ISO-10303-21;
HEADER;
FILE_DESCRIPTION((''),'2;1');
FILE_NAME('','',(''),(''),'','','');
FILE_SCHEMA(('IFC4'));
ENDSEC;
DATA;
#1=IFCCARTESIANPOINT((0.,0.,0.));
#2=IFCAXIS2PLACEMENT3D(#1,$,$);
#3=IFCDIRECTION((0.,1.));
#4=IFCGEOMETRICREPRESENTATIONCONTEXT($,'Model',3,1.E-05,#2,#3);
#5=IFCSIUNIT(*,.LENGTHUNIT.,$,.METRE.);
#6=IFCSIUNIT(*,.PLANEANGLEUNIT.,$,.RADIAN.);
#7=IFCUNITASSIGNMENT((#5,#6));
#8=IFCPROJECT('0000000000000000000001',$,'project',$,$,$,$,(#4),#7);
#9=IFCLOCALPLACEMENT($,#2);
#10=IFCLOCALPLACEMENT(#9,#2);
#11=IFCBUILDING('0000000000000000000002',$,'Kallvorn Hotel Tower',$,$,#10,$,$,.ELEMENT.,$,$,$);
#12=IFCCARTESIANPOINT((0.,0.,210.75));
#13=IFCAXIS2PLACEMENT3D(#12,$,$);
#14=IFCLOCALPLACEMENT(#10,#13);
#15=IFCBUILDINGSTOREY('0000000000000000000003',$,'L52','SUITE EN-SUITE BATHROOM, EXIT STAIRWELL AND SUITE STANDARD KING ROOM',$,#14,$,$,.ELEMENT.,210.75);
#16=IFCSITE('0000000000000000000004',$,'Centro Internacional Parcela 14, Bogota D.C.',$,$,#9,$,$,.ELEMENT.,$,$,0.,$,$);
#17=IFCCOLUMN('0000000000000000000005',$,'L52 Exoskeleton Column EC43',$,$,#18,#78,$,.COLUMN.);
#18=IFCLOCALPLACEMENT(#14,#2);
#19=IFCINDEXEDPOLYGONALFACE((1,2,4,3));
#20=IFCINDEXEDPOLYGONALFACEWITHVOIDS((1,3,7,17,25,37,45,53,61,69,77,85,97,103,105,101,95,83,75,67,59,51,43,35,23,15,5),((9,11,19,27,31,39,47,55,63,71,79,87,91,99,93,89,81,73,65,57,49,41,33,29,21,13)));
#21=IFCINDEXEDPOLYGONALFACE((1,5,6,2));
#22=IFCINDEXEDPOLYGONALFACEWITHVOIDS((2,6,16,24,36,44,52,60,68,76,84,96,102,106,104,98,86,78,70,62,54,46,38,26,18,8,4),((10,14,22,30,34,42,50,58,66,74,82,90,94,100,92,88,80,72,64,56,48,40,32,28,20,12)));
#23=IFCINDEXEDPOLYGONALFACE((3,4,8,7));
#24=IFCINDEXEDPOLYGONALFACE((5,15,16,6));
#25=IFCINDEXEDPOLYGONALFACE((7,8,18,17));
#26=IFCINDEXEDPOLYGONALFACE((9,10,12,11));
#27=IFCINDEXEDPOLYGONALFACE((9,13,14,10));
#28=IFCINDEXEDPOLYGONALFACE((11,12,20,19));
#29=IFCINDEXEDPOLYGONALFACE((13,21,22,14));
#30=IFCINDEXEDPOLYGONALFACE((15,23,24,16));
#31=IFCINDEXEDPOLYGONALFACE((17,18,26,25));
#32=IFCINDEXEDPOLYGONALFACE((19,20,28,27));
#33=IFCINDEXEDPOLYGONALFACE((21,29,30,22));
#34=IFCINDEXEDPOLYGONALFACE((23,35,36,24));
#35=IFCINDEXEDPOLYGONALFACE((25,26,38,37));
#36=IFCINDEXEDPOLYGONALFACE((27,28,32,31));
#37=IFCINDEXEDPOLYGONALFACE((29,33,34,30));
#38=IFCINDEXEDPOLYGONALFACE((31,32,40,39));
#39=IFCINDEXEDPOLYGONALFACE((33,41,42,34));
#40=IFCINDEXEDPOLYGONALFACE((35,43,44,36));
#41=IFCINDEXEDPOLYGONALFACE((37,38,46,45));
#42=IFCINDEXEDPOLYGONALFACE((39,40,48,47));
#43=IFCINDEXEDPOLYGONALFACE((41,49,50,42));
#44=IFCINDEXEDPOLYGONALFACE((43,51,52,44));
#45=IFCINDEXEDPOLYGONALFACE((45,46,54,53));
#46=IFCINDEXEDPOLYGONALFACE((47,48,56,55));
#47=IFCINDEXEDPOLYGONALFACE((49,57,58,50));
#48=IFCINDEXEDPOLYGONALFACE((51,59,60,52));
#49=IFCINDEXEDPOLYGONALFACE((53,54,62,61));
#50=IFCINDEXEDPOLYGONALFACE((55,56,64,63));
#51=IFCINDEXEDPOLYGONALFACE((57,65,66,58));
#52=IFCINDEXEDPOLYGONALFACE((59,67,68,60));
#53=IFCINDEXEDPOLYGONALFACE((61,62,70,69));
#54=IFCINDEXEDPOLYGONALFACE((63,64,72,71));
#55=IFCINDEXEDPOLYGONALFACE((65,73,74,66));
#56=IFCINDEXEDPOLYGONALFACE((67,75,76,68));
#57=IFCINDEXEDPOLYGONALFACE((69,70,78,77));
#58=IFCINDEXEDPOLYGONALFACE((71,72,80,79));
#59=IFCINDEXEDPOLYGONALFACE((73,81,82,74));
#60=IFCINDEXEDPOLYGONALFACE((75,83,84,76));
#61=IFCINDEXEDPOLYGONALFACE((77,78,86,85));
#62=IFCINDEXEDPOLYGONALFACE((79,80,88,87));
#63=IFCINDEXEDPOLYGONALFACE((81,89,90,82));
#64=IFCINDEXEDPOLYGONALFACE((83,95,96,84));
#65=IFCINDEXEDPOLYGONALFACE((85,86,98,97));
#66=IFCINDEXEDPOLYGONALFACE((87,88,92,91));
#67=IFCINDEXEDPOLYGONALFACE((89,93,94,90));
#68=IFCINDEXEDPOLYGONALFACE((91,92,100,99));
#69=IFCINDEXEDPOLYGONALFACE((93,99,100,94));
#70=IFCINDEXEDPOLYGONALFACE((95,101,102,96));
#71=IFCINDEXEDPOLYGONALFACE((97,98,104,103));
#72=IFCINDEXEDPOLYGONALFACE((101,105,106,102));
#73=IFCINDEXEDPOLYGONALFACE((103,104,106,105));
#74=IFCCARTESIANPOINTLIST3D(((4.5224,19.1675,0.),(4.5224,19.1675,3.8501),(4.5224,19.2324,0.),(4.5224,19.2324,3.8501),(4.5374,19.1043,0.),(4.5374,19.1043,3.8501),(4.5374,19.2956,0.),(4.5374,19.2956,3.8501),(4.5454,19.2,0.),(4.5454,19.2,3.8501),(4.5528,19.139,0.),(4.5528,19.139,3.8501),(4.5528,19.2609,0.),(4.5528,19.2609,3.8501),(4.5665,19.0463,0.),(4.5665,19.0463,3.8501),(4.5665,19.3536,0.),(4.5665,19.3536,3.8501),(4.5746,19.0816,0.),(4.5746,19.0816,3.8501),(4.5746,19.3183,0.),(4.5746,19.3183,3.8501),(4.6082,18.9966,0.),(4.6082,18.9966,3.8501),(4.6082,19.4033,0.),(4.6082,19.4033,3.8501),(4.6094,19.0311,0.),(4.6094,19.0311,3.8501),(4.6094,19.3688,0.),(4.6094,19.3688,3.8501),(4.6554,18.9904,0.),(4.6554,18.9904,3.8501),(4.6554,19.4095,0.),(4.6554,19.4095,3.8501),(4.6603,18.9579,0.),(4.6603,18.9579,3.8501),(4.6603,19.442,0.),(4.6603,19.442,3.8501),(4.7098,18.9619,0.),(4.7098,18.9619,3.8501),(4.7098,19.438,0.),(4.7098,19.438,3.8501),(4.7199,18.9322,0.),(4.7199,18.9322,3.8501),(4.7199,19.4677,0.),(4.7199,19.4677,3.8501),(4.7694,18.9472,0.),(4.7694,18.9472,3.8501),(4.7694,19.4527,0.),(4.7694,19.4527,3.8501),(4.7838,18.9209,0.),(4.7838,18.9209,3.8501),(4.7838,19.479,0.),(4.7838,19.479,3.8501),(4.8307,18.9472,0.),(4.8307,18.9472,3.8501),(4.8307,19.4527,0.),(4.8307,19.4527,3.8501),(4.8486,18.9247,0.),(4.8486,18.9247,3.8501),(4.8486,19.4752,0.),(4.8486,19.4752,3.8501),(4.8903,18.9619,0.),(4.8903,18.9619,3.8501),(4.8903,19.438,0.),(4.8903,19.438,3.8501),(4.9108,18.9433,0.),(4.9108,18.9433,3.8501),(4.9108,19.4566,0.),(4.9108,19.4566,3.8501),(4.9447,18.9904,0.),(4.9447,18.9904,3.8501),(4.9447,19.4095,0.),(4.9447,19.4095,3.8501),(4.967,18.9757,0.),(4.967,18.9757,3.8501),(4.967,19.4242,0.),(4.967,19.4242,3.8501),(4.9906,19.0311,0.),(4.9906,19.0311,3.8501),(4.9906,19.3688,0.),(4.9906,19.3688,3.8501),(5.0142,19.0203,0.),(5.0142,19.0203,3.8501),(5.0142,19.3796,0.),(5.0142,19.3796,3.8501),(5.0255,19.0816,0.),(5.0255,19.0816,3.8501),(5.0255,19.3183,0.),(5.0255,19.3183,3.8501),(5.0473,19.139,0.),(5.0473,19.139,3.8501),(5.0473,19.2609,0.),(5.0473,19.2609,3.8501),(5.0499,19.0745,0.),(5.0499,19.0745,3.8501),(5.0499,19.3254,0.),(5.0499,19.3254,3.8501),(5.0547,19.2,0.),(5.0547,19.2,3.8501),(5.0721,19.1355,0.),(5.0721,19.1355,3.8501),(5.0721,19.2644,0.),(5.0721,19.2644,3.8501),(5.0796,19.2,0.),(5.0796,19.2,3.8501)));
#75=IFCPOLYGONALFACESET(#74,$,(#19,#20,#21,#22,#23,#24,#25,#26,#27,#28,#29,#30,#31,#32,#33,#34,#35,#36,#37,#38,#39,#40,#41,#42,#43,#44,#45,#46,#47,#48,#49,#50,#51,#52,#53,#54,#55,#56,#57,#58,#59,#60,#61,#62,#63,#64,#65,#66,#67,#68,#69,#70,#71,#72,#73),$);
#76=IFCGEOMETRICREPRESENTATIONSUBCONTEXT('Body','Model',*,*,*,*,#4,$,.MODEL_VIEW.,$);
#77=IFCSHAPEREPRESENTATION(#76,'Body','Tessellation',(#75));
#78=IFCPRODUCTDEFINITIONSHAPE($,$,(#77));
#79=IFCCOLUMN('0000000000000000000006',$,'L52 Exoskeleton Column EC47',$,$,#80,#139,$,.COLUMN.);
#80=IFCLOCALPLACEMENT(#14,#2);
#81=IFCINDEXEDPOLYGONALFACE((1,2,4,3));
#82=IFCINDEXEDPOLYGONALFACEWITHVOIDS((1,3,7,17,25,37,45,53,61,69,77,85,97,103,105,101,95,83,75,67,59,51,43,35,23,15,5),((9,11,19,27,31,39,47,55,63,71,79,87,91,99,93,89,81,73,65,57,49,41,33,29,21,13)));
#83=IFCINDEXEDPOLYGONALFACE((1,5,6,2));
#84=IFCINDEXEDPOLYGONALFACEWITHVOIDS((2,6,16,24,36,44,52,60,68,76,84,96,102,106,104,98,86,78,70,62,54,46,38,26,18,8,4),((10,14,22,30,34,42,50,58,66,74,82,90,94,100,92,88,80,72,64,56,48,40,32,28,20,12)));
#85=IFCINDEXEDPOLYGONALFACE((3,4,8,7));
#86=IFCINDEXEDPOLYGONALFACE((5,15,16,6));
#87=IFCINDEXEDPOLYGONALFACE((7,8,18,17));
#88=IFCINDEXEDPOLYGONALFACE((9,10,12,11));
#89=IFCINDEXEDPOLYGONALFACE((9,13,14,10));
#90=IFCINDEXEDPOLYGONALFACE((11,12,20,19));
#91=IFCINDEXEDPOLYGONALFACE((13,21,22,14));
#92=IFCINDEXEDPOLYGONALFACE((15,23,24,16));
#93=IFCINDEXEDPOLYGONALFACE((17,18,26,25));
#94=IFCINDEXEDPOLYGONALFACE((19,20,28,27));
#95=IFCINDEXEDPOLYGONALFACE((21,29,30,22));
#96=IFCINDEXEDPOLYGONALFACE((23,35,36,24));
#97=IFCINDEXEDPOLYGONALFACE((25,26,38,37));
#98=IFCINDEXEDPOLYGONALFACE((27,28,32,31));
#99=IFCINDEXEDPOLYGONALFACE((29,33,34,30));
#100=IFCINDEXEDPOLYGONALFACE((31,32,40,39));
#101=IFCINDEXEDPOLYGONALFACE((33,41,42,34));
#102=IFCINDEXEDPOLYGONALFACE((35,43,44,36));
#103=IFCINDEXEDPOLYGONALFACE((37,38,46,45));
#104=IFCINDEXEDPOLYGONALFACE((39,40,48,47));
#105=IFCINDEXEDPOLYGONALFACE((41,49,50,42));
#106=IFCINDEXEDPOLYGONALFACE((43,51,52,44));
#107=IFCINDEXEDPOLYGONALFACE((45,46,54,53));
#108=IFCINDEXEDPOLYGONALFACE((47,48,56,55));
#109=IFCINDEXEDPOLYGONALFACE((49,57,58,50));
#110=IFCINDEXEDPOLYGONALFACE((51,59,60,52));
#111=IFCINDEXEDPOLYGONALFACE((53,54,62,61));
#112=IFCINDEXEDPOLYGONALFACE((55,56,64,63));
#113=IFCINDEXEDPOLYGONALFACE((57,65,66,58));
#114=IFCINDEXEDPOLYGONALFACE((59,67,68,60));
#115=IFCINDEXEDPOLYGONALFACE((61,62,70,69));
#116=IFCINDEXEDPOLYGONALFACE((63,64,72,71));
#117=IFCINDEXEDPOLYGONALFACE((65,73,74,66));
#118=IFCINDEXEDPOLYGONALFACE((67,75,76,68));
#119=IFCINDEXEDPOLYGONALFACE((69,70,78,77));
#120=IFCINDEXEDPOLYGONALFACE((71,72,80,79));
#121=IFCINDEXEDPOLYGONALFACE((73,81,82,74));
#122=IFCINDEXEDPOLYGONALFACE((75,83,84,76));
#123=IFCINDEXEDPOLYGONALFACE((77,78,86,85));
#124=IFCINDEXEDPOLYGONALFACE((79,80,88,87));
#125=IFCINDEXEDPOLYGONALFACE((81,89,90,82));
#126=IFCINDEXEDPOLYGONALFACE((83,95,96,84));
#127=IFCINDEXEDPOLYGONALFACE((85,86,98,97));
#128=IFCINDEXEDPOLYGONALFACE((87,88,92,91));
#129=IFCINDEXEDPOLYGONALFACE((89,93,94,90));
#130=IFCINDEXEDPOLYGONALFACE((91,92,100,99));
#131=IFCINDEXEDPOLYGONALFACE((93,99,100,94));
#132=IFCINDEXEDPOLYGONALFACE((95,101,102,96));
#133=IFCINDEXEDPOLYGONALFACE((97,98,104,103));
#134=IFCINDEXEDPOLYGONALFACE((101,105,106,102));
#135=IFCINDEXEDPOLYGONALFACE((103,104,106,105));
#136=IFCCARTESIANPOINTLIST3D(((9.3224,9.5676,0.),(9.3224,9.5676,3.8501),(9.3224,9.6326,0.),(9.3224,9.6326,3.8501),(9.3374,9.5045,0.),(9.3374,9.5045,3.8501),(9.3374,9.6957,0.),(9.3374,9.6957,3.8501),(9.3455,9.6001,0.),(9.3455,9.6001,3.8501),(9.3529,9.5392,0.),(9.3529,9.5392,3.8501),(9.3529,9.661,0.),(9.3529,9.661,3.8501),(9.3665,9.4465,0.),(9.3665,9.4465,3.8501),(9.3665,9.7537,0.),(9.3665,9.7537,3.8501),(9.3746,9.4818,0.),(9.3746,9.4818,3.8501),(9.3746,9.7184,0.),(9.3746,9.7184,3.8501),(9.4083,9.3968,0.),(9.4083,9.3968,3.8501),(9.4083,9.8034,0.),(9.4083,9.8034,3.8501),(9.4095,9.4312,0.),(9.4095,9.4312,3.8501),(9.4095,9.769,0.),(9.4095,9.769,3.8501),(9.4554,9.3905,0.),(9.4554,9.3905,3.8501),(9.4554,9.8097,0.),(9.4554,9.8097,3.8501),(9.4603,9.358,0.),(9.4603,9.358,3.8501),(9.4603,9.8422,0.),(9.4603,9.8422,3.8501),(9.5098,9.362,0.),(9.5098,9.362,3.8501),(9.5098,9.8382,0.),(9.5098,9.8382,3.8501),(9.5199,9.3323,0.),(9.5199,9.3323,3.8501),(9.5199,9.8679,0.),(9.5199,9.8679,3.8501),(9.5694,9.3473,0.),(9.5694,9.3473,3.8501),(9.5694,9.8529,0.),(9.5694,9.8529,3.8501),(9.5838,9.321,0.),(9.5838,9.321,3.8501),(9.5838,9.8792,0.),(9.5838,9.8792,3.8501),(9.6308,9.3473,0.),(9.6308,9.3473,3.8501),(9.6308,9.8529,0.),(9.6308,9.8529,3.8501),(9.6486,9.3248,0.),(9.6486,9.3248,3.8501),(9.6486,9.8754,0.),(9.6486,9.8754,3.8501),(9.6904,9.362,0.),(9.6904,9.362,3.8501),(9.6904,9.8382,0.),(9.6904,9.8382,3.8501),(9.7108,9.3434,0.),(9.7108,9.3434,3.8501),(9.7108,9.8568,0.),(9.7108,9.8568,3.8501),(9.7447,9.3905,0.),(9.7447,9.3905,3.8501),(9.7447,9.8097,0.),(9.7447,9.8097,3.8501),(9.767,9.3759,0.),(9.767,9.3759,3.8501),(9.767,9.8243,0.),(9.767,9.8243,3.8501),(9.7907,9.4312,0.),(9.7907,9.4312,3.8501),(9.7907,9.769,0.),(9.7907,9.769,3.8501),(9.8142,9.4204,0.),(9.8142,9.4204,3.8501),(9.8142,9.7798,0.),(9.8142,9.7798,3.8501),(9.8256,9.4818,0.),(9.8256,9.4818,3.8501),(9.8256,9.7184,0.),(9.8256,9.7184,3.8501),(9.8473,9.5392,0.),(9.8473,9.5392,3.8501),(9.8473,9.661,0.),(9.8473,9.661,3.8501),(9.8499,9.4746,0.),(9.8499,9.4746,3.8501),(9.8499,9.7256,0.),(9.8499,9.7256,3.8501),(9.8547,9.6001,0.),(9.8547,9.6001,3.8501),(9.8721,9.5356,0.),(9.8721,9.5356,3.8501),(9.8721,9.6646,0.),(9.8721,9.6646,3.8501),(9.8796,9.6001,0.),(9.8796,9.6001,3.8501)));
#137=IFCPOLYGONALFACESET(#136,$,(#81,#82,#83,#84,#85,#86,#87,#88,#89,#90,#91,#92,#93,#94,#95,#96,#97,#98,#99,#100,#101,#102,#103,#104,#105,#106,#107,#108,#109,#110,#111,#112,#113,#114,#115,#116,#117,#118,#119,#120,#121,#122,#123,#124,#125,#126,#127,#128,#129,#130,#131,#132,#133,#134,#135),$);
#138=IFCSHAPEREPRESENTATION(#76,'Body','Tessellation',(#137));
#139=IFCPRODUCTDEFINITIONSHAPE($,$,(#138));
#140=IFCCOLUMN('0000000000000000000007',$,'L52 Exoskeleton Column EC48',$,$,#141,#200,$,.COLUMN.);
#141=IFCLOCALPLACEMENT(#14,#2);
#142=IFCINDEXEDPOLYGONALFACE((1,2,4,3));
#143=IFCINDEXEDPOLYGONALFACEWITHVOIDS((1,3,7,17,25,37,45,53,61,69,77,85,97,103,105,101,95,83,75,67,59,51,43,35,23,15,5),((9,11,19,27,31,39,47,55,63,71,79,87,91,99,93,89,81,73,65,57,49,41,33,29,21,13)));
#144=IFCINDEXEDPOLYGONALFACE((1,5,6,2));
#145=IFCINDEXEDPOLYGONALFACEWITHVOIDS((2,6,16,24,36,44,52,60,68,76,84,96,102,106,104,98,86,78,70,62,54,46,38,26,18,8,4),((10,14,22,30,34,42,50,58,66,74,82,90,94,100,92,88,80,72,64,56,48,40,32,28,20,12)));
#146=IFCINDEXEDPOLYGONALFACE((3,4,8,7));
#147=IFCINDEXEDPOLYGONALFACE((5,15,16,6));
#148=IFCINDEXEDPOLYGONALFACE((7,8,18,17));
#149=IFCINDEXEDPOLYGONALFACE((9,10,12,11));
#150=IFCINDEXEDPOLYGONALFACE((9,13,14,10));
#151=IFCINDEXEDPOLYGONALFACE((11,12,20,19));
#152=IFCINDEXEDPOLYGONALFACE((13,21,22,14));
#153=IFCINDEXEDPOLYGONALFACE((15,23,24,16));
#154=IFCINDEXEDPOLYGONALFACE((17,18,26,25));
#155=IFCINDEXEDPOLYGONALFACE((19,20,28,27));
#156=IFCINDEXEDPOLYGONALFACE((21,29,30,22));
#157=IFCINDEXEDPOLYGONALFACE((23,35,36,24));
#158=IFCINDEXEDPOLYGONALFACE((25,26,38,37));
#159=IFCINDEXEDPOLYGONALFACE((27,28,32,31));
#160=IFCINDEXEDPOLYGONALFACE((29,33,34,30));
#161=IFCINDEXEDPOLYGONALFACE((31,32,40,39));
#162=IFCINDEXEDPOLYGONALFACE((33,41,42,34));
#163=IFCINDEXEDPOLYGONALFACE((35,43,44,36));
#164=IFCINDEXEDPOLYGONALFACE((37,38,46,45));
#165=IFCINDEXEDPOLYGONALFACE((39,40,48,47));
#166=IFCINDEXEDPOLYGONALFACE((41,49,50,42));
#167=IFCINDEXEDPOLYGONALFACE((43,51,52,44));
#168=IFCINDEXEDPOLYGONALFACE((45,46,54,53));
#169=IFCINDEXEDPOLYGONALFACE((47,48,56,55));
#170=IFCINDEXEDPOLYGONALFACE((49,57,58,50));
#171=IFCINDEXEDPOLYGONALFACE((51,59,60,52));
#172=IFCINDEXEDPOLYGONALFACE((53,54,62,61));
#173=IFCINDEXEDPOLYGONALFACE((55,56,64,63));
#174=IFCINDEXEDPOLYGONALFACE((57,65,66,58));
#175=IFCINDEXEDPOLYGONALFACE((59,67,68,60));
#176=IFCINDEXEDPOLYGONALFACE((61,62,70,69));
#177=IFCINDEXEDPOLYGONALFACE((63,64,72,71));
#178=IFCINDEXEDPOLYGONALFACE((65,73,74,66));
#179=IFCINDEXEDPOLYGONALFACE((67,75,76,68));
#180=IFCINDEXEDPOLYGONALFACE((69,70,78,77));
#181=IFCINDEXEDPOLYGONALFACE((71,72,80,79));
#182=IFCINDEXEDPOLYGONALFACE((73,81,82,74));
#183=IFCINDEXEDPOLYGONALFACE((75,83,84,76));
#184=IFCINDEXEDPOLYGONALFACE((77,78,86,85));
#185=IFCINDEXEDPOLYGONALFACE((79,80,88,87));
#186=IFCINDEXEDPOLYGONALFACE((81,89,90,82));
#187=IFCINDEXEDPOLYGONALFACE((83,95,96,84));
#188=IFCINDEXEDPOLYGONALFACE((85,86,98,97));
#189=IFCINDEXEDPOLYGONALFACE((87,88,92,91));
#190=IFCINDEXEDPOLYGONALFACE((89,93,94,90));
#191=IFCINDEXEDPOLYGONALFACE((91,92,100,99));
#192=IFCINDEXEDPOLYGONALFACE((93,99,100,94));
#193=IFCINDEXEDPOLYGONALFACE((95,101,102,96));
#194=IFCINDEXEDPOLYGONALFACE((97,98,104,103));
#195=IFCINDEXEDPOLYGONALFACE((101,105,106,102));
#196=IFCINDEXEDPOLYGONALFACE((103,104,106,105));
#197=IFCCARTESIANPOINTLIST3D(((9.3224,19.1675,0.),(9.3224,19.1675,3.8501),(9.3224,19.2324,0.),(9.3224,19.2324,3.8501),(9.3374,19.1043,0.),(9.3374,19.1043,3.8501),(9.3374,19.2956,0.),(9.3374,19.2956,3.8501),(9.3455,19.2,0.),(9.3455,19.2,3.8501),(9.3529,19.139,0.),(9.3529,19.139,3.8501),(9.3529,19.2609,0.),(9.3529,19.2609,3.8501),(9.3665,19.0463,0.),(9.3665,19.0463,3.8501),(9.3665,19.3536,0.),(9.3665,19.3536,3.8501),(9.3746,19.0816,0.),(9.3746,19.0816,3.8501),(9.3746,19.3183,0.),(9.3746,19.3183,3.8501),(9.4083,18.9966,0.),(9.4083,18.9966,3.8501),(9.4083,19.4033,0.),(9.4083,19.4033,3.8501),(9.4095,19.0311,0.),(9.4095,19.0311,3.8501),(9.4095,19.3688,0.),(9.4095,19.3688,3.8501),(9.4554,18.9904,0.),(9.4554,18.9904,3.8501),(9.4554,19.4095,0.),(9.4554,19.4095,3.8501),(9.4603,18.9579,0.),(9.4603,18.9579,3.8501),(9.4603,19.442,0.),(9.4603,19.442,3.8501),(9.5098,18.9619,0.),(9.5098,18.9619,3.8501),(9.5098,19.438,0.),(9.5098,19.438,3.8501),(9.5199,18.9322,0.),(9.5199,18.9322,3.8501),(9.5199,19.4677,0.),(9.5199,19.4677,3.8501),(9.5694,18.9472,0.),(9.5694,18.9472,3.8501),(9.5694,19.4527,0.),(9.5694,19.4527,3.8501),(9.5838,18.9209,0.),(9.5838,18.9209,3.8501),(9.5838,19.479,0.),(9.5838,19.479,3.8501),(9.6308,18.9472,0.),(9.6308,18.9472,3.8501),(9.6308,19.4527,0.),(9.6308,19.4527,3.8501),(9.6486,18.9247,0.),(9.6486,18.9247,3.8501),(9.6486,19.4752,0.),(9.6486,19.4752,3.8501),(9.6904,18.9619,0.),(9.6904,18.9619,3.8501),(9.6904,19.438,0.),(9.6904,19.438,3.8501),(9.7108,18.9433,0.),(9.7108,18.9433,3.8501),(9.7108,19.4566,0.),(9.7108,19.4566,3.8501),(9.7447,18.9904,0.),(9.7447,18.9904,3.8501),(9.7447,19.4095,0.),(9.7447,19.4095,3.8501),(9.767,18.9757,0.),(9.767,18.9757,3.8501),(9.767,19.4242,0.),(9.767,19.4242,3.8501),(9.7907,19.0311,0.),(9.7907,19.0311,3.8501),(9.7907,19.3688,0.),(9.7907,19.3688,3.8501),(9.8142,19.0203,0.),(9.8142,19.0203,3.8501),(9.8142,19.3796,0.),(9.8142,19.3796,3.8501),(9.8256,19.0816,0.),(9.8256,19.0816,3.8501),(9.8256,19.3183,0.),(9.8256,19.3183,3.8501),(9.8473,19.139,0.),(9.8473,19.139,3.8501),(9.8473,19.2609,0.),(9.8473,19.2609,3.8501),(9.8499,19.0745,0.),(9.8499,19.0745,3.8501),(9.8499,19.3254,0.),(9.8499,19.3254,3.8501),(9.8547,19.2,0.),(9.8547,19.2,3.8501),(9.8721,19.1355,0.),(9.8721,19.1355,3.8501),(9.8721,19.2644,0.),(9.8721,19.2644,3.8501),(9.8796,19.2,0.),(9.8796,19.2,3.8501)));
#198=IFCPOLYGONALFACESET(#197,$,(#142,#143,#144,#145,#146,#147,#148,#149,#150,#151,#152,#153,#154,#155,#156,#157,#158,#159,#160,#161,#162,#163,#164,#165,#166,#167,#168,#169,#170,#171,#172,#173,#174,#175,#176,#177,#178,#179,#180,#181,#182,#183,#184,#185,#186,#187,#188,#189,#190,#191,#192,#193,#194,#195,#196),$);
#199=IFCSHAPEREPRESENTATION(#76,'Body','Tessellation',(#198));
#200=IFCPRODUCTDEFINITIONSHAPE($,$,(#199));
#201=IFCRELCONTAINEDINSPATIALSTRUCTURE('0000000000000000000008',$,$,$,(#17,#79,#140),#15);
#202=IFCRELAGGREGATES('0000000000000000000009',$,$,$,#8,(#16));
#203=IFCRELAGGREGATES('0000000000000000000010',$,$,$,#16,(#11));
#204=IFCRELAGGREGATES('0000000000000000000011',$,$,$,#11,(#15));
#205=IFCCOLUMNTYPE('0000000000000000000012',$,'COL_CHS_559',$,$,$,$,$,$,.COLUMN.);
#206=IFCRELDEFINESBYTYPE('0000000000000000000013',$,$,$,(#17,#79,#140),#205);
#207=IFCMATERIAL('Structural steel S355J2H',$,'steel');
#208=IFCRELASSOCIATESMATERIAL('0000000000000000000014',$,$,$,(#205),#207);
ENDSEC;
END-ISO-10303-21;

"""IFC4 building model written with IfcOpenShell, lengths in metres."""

from ifc_helpers import new_model, si_unit, direction, frame, origin, origin_2d, place, context, subcontext, project, spatial, hollow_circle, extrude, material, material_profile, profile_set, type_object, element, save


model = new_model("IFC4")

# Units and contexts
model_context = context("Model", 3, precision=1e-05, world=origin(), true_north=direction((0.0, 1.0)))
body_context = subcontext(model_context, "Body", "Model", "MODEL_VIEW")
ifc_project = project(units=[si_unit("LENGTHUNIT", "METRE"), si_unit("PLANEANGLEUNIT", "RADIAN")], contexts=[model_context])

# Site, building, storey
site_placement = place(None, origin())
site = spatial("IfcSite", under=ifc_project, at=site_placement, Name="Centro Internacional Parcela 14, Bogota D.C.", CompositionType="ELEMENT", RefElevation=0.0)
building_placement = place(site_placement, origin())
building = spatial("IfcBuilding", under=site, at=building_placement, Name="Kallvorn Hotel Tower", CompositionType="ELEMENT")
storey_placement = place(building_placement, frame((0.0, 0.0, 210.75)))
storey = spatial("IfcBuildingStorey", under=building, at=storey_placement, Name="L52", Description="SUITE EN-SUITE BATHROOM, EXIT STAIRWELL AND SUITE STANDARD KING ROOM", CompositionType="ELEMENT", Elevation=210.75)

# Columns
ifc_material_1 = material(Name="Structural steel S355J2H", Category="steel")
ifc_material_profile_1 = material_profile(ifc_material_1, hollow_circle(Radius=0.2795, WallThickness=0.0249, at=origin_2d()), Name="CHS 559x25")
ifc_profile_set_1 = profile_set([ifc_material_profile_1], Name="Structural steel S355J2H")
column_type_1 = type_object("IfcColumnType", Name="COL_CHS_559", PredefinedType="COLUMN", material=ifc_profile_set_1)
for number, where, z_axis, x_axis, name in (
    (1, (4.8, 19.2, 0.0), (0.0, 0.0, 1.0), (1.0, 0.0, 0.0), "L52 Exoskeleton Column EC43"),
    (2, (9.6001, 9.6001, 0.0), (0.0, 0.0, 1.0), (1.0, 0.0, 0.0), "L52 Exoskeleton Column EC47"),
    (3, (9.6001, 19.2, 0.0), (0.0, 0.0, 1.0), (1.0, 0.0, 0.0), "L52 Exoskeleton Column EC48"),
):
    element("IfcColumn", number, at=place(storey_placement, frame(where, z_axis=z_axis, x_axis=x_axis)), inside=storey, type_object=column_type_1, Name=name, PredefinedType="COLUMN", context=body_context, shape_type="SweptSolid", body=[
        extrude(hollow_circle(Radius=0.2795, WallThickness=0.0249, at=origin_2d()), origin(), (0.0, 0.0, 1.0), 3.8501),
    ])

save(model, "model.ifc")
